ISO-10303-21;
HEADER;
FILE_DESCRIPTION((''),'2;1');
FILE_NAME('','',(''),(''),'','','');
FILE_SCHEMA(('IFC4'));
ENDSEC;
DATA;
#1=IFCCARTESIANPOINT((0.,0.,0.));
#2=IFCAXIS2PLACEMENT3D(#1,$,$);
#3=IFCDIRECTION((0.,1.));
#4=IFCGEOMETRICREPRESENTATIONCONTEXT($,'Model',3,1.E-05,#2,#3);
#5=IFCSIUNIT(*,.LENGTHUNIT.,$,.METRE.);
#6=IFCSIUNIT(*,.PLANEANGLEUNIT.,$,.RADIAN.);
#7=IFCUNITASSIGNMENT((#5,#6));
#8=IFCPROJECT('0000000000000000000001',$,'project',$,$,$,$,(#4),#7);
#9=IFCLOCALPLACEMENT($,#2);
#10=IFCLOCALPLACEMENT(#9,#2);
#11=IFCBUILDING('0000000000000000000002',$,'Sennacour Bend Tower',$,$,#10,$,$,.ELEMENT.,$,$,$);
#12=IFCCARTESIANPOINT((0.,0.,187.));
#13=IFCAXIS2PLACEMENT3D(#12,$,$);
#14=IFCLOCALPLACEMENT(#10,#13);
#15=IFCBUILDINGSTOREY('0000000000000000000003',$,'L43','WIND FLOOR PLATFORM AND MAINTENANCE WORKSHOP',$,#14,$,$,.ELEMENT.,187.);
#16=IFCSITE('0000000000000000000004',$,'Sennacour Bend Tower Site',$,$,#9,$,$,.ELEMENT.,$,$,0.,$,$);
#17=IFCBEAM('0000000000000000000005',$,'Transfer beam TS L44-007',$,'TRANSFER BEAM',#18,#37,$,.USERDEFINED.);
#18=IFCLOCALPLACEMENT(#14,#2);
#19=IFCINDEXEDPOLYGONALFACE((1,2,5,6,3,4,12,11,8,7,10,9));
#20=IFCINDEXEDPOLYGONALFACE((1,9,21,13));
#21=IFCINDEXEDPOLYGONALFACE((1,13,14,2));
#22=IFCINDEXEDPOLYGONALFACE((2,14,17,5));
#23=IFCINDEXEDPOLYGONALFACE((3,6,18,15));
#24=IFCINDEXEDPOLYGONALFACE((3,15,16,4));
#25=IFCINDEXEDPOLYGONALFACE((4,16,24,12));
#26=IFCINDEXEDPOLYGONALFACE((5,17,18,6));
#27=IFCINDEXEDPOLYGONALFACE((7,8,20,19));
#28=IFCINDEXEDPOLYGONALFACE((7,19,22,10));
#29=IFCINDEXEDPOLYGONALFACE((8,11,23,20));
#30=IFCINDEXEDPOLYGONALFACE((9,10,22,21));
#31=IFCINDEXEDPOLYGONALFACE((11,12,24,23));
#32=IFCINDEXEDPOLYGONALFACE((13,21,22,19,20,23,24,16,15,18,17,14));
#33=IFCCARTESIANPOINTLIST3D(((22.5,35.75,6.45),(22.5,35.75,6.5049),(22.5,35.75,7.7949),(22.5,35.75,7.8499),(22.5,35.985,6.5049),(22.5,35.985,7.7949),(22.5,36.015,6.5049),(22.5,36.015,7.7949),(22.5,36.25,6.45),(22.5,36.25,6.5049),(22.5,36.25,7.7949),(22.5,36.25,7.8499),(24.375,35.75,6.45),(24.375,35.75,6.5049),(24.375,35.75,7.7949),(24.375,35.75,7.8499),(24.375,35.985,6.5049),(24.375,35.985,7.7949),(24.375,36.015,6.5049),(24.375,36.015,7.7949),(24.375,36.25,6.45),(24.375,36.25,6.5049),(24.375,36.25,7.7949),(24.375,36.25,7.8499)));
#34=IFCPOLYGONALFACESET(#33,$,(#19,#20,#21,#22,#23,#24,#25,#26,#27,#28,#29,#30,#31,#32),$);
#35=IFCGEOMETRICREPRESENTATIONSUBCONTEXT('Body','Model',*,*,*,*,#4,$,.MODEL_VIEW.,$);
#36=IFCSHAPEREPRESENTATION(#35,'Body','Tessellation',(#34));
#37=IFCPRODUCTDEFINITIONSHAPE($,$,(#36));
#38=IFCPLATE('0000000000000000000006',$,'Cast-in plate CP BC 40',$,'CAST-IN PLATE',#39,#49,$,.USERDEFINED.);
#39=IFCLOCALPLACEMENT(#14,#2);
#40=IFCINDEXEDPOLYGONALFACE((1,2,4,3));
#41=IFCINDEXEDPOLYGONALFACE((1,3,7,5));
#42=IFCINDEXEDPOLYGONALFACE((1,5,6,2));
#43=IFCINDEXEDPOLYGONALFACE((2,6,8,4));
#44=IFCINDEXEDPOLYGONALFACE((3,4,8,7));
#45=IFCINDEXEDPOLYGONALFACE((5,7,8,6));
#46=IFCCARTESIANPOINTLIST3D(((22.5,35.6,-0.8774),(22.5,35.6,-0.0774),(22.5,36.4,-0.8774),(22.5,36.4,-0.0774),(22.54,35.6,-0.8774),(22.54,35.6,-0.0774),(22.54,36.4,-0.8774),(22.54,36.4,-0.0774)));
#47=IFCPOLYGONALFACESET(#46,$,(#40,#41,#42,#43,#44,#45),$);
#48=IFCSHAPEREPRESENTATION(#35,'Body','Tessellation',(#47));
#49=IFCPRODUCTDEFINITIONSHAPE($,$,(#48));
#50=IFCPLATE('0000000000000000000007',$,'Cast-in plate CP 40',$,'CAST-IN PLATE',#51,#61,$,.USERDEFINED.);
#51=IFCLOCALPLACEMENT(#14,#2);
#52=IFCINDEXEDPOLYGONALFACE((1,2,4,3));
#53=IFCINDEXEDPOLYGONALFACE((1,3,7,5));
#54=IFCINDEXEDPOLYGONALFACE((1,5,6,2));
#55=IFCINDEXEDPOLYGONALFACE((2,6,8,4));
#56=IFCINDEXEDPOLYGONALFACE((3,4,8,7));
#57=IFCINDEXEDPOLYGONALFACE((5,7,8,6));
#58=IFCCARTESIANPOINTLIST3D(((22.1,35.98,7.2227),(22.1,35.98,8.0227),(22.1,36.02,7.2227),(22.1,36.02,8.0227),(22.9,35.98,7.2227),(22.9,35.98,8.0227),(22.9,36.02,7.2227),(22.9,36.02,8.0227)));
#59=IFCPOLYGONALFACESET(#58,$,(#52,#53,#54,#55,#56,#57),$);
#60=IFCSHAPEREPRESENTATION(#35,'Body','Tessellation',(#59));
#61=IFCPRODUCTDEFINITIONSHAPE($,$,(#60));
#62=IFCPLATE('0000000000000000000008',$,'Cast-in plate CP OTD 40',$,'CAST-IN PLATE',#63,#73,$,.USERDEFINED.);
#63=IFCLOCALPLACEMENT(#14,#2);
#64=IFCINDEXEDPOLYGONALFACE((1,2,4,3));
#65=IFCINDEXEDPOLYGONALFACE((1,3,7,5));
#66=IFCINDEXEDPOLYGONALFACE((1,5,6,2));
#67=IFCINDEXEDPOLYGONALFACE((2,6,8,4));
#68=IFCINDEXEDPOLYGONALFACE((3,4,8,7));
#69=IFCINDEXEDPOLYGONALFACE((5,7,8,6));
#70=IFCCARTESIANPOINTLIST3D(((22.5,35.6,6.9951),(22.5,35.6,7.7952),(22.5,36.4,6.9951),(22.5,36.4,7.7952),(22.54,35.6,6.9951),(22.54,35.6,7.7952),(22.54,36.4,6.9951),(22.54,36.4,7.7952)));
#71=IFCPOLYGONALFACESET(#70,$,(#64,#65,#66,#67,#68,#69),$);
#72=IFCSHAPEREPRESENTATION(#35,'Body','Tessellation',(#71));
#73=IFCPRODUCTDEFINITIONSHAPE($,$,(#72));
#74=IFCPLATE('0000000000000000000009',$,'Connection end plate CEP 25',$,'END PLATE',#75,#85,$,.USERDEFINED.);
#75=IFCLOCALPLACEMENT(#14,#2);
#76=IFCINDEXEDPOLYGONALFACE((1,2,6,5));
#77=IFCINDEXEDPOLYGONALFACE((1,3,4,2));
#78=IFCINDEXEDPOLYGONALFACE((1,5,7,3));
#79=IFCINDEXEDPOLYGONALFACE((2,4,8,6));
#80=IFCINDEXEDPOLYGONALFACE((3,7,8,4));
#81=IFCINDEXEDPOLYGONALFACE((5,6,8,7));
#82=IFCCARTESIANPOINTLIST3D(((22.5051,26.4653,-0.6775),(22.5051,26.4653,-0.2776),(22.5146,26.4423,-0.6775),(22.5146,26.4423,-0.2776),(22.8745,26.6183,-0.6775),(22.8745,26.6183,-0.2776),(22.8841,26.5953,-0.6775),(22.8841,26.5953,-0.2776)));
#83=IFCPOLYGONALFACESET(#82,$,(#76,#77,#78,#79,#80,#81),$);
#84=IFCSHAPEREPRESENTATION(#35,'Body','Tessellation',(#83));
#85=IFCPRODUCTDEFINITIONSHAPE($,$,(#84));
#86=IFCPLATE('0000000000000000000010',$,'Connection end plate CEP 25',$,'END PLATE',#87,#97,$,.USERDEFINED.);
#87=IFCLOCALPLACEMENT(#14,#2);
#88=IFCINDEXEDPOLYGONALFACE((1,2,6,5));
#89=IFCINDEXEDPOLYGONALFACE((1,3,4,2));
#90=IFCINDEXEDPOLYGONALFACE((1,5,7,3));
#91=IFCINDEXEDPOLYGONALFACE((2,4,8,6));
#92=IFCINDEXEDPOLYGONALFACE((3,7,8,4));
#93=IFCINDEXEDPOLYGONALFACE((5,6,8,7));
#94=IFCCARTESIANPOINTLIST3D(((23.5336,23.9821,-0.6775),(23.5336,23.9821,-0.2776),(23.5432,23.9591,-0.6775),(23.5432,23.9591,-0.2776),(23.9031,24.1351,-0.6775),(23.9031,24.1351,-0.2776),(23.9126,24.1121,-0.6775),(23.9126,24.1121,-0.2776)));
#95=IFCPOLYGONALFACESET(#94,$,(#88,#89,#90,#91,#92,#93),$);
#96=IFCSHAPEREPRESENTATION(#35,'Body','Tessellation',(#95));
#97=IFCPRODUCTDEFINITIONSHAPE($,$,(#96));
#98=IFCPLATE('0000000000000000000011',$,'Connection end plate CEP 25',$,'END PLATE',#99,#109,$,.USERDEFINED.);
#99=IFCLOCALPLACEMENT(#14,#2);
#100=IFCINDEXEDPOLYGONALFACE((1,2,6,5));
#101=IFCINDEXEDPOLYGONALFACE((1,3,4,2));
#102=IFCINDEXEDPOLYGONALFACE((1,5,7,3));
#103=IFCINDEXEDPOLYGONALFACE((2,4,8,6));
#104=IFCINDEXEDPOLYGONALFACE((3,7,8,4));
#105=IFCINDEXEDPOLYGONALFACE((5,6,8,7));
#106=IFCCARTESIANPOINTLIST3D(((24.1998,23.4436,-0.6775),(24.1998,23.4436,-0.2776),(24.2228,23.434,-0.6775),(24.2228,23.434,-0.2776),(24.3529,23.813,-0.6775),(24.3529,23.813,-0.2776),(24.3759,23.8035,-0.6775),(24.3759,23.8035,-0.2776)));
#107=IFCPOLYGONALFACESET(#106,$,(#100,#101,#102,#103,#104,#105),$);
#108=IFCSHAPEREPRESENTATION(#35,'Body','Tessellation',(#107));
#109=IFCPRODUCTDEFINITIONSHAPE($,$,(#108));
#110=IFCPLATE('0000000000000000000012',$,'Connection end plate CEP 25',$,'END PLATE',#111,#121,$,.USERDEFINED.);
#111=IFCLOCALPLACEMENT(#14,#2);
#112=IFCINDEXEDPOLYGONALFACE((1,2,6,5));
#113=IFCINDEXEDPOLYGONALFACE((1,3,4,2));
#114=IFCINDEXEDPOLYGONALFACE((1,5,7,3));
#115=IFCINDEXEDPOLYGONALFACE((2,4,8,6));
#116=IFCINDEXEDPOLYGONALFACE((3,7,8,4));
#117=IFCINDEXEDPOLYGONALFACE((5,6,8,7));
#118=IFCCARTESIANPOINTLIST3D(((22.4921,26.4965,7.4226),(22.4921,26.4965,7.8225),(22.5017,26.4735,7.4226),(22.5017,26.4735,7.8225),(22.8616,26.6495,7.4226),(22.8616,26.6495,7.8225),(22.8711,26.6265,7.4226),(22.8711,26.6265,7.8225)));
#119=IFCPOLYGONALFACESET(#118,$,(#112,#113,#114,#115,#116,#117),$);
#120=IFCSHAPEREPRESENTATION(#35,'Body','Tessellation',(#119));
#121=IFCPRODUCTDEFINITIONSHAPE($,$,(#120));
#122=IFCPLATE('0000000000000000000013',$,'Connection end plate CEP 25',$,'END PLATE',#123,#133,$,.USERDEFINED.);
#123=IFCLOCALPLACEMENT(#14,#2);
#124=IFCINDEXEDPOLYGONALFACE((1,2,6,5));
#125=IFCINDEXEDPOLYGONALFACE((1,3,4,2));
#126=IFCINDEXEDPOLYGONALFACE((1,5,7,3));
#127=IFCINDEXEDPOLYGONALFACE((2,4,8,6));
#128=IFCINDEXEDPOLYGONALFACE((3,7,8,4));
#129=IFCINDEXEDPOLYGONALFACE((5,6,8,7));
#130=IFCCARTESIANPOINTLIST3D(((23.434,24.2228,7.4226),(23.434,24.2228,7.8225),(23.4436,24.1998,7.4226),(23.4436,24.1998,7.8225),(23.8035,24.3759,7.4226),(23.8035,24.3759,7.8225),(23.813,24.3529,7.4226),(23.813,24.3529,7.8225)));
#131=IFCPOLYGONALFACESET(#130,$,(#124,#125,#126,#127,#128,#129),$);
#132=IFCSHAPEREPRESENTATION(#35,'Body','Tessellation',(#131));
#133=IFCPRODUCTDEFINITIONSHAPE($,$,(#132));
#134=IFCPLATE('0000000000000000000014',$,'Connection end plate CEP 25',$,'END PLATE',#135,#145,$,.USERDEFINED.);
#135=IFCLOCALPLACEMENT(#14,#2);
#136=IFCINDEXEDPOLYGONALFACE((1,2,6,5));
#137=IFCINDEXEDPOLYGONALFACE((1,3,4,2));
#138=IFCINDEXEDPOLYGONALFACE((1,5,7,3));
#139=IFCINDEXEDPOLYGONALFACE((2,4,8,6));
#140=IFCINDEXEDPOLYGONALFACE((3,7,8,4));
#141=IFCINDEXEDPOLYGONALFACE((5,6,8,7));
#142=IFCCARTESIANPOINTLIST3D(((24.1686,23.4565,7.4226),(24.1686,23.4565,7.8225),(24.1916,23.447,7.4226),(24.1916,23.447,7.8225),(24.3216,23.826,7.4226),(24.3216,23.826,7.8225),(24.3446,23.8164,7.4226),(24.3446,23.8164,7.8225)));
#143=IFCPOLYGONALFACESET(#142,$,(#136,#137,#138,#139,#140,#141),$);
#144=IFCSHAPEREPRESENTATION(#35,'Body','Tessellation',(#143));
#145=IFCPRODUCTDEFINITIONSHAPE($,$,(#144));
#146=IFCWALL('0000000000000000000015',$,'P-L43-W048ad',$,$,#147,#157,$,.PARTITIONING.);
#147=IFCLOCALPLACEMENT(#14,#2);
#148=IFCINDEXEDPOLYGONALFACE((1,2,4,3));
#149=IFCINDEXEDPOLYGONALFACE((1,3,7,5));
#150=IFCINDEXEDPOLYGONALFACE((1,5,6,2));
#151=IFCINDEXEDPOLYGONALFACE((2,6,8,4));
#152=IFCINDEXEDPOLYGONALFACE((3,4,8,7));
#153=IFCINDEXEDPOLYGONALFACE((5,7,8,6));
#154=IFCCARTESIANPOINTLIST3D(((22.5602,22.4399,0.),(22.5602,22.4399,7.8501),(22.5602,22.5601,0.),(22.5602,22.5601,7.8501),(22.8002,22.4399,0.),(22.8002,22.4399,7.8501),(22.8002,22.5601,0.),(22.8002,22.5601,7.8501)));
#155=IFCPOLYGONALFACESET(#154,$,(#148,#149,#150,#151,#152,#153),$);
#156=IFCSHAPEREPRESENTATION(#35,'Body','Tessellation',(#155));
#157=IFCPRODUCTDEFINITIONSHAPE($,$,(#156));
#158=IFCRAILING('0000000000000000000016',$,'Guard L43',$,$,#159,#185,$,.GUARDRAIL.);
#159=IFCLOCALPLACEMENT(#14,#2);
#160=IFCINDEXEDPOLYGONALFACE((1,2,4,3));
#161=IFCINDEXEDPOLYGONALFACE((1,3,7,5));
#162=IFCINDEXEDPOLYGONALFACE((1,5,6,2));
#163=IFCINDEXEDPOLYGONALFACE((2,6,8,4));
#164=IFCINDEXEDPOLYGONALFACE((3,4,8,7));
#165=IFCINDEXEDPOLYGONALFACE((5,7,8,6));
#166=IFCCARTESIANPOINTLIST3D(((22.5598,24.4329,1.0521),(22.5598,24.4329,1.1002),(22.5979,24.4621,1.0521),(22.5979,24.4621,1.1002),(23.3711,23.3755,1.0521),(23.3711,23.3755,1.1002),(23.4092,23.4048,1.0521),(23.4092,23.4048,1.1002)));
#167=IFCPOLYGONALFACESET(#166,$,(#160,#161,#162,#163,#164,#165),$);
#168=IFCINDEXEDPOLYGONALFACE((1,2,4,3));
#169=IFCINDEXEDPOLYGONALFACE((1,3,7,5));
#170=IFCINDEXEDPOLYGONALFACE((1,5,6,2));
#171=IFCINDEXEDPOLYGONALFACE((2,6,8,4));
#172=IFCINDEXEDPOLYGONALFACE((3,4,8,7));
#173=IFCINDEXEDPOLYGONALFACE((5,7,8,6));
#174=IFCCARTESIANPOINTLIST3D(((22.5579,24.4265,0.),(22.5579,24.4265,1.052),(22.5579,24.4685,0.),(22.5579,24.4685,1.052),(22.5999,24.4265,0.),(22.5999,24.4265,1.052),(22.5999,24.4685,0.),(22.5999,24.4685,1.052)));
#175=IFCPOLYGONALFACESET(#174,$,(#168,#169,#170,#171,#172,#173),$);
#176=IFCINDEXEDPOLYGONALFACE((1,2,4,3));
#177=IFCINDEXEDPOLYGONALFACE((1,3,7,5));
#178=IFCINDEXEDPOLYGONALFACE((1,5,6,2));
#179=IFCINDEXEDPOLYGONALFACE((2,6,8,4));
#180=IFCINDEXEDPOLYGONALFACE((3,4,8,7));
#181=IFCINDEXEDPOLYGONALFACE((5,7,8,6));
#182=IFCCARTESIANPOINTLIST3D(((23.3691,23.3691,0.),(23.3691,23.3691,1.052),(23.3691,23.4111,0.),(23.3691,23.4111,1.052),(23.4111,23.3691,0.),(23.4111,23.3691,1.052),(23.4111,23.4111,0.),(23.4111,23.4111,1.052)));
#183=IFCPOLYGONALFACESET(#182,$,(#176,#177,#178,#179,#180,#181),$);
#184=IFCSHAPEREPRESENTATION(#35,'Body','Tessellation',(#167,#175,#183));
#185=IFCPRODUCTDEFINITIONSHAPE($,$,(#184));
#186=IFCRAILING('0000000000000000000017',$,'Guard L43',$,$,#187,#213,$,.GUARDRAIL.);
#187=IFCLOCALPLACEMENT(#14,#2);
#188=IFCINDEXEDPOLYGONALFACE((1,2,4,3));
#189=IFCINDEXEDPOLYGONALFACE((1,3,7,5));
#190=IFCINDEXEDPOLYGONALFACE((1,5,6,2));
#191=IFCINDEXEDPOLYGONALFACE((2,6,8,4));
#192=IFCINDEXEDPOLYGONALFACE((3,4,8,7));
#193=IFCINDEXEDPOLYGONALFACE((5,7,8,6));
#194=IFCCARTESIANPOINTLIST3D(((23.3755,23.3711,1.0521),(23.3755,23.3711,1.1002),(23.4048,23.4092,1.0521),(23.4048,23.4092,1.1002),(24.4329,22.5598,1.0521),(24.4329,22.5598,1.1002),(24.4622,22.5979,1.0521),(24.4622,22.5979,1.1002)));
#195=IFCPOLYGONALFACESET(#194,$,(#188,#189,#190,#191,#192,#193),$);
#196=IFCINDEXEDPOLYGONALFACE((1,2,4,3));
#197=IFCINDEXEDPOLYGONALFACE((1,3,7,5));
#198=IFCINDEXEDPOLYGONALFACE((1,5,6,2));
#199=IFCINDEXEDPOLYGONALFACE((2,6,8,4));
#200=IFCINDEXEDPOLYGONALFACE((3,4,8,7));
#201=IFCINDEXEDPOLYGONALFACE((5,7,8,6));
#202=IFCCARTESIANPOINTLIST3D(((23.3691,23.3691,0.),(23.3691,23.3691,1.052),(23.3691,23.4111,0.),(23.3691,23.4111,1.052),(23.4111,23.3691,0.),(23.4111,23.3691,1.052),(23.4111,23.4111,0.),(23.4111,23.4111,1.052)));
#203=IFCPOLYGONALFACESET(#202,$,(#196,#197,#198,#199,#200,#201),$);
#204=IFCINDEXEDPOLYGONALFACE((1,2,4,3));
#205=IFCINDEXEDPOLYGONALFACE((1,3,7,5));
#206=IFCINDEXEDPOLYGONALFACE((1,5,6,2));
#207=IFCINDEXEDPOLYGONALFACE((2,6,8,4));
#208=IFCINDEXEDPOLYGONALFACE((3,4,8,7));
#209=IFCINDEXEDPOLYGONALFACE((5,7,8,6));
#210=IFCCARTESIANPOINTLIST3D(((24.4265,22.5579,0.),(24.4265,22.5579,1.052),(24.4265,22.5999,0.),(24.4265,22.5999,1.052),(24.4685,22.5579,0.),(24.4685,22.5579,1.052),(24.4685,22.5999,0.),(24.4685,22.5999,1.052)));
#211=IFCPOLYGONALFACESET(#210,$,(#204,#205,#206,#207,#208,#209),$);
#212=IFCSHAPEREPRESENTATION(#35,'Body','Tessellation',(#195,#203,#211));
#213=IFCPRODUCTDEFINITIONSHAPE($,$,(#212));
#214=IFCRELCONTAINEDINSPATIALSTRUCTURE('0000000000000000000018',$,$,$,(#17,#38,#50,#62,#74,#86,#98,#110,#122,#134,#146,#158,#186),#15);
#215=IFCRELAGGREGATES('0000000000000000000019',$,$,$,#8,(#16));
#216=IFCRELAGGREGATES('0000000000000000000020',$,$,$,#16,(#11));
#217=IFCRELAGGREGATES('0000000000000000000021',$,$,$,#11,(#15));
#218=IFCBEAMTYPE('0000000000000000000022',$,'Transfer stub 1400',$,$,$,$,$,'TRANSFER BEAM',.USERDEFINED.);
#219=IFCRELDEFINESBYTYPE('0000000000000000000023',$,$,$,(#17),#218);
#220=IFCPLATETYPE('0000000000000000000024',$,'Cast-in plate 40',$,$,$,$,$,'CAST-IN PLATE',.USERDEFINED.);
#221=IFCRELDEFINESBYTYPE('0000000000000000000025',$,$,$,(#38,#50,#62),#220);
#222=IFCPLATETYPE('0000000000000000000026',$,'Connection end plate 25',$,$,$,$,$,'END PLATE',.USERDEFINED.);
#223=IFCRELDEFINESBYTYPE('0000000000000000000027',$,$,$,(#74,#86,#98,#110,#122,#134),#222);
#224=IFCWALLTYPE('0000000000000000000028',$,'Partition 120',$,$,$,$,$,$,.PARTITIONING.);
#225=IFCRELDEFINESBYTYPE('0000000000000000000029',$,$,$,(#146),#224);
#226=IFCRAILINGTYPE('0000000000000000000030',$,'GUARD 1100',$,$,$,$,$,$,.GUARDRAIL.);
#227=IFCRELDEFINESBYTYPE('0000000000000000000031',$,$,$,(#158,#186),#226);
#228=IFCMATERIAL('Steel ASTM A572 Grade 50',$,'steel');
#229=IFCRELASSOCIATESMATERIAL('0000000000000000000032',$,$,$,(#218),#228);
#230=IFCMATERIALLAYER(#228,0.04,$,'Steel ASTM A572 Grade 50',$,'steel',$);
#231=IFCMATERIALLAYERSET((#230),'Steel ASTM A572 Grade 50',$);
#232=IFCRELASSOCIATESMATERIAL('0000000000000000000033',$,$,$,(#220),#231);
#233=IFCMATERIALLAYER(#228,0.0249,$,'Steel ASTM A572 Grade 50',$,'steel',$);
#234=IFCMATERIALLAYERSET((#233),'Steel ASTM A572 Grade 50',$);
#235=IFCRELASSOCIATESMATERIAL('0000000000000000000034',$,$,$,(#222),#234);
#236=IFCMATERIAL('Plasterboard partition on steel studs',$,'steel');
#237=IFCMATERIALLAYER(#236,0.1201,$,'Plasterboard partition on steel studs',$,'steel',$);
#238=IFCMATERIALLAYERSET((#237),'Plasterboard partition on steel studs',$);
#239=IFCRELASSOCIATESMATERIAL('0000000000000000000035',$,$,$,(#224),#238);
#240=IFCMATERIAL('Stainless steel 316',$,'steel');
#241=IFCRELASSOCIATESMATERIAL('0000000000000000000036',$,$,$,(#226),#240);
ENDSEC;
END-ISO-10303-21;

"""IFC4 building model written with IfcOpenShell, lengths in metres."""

from ifc_helpers import new_model, si_unit, direction, frame, frame_2d, origin, origin_2d, place, context, subcontext, project, spatial, rectangle, i_section, extrude, material, layer, layer_set, material_profile, profile_set, type_object, element, save


model = new_model("IFC4")

# Units and contexts
model_context = context("Model", 3, precision=1e-05, world=origin(), true_north=direction((0.0, 1.0)))
body_context = subcontext(model_context, "Body", "Model", "MODEL_VIEW")
ifc_project = project(units=[si_unit("LENGTHUNIT", "METRE"), si_unit("PLANEANGLEUNIT", "RADIAN")], contexts=[model_context])

# Site, building, storey
site_placement = place(None, origin())
site = spatial("IfcSite", under=ifc_project, at=site_placement, Name="Sennacour Bend Tower Site", CompositionType="ELEMENT", RefElevation=0.0)
building_placement = place(site_placement, origin())
building = spatial("IfcBuilding", under=site, at=building_placement, Name="Sennacour Bend Tower", CompositionType="ELEMENT")
storey_placement = place(building_placement, frame((0.0, 0.0, 187.0)))
storey = spatial("IfcBuildingStorey", under=building, at=storey_placement, Name="L43", Description="WIND FLOOR PLATFORM AND MAINTENANCE WORKSHOP", CompositionType="ELEMENT", Elevation=187.0)

# Shared definitions
ifc_material_1 = material(Name="Steel ASTM A572 Grade 50", Category="steel")

# Beam
ifc_material_profile_1 = material_profile(ifc_material_1, i_section(OverallWidth=0.5, OverallDepth=1.3999, WebThickness=0.03, FlangeThickness=0.0549, at=origin_2d()), Name="Steel ASTM A572 Grade 50", Category="steel")
ifc_profile_set_1 = profile_set([ifc_material_profile_1], Name="Steel ASTM A572 Grade 50")
beam_type_1 = type_object("IfcBeamType", Name="Transfer stub 1400", ElementType="TRANSFER BEAM", PredefinedType="USERDEFINED", material=ifc_profile_set_1)
beam_1_placement = place(storey_placement, frame((22.5, 36.0, 7.1499), z_axis=(1.0, 0.0, 0.0), x_axis=(0.0, 1.0, 0.0)))
element("IfcBeam", 1, at=beam_1_placement, inside=storey, type_object=beam_type_1, Name="Transfer beam TS L44-007", ObjectType="TRANSFER BEAM", PredefinedType="USERDEFINED", context=body_context, shape_type="SweptSolid", body=[
    extrude(i_section(OverallWidth=0.5, OverallDepth=1.3999, WebThickness=0.03, FlangeThickness=0.0549, at=origin_2d()), origin(), (0.0, 0.0, 1.0), 1.875),
])

# Plates
ifc_layer_1 = layer(ifc_material_1, 0.04, Name="Steel ASTM A572 Grade 50", Category="steel")
ifc_layer_set_1 = layer_set([ifc_layer_1], Name="Steel ASTM A572 Grade 50")
plate_type_1 = type_object("IfcPlateType", Name="Cast-in plate 40", ElementType="CAST-IN PLATE", PredefinedType="USERDEFINED", material=ifc_layer_set_1)
plate_1_placement = place(storey_placement, frame((22.52, 36.0, -0.8774), z_axis=(0.0, 0.0, 1.0), x_axis=(1.0, 0.0, 0.0)))
element("IfcPlate", 2, at=plate_1_placement, inside=storey, type_object=plate_type_1, Name="Cast-in plate CP BC 40", ObjectType="CAST-IN PLATE", PredefinedType="USERDEFINED", context=body_context, shape_type="SweptSolid", body=[
    extrude(rectangle(XDim=0.04, YDim=0.8, at=origin_2d()), origin(), (0.0, 0.0, 1.0), 0.8),
])
plate_2_placement = place(storey_placement, frame((22.5, 36.0, 7.2227), z_axis=(0.0, 0.0, 1.0), x_axis=(1.0, 0.0, 0.0)))
element("IfcPlate", 3, at=plate_2_placement, inside=storey, type_object=plate_type_1, Name="Cast-in plate CP 40", ObjectType="CAST-IN PLATE", PredefinedType="USERDEFINED", context=body_context, shape_type="SweptSolid", body=[
    extrude(rectangle(XDim=0.8, YDim=0.04, at=origin_2d()), origin(), (0.0, 0.0, 1.0), 0.8),
])
plate_3_placement = place(storey_placement, frame((22.52, 36.0, 6.9951), z_axis=(0.0, 0.0, 1.0), x_axis=(1.0, 0.0, 0.0)))
element("IfcPlate", 4, at=plate_3_placement, inside=storey, type_object=plate_type_1, Name="Cast-in plate CP OTD 40", ObjectType="CAST-IN PLATE", PredefinedType="USERDEFINED", context=body_context, shape_type="SweptSolid", body=[
    extrude(rectangle(XDim=0.04, YDim=0.8, at=origin_2d()), origin(), (0.0, 0.0, 1.0), 0.8),
])
ifc_layer_2 = layer(ifc_material_1, 0.0249, Name="Steel ASTM A572 Grade 50", Category="steel")
ifc_layer_set_2 = layer_set([ifc_layer_2], Name="Steel ASTM A572 Grade 50")
plate_type_2 = type_object("IfcPlateType", Name="Connection end plate 25", ElementType="END PLATE", PredefinedType="USERDEFINED", material=ifc_layer_set_2)
for number, where, z_axis, x_axis, name in (
    (5, (22.6946, 26.5303, -0.6775), (0.0, 0.0, 1.0), (-0.382683, 0.92388, 0.0), "Connection end plate CEP 25"),
    (6, (23.7231, 24.0471, -0.6775), (0.0, 0.0, 1.0), (0.382683, -0.92388, 0.0), "Connection end plate CEP 25"),
    (7, (24.2878, 23.6235, -0.6775), (0.0, 0.0, 1.0), (-0.92388, 0.382683, 0.0), "Connection end plate CEP 25"),
    (8, (22.6816, 26.5615, 7.4226), (0.0, 0.0, 1.0), (-0.382683, 0.92388, 0.0), "Connection end plate CEP 25"),
    (9, (23.6235, 24.2878, 7.4226), (0.0, 0.0, 1.0), (0.382683, -0.92388, 0.0), "Connection end plate CEP 25"),
    (10, (24.2566, 23.6365, 7.4226), (0.0, 0.0, 1.0), (-0.92388, 0.382683, 0.0), "Connection end plate CEP 25"),
):
    element("IfcPlate", number, at=place(storey_placement, frame(where, z_axis=z_axis, x_axis=x_axis)), inside=storey, type_object=plate_type_2, Name=name, ObjectType="END PLATE", PredefinedType="USERDEFINED", context=body_context, shape_type="SweptSolid", body=[
        extrude(rectangle(XDim=0.0249, YDim=0.3999, at=origin_2d()), origin(), (0.0, 0.0, 1.0), 0.3999),
    ])

# Wall
ifc_material_2 = material(Name="Plasterboard partition on steel studs", Category="steel")
ifc_layer_3 = layer(ifc_material_2, 0.1201, Name="Plasterboard partition on steel studs", Category="steel")
ifc_layer_set_3 = layer_set([ifc_layer_3], Name="Plasterboard partition on steel studs")
wall_type = type_object("IfcWallType", Name="Partition 120", PredefinedType="PARTITIONING", material=ifc_layer_set_3)
wall_placement = place(storey_placement, frame((22.5601, 22.5, 0.0), z_axis=(0.0, 0.0, 1.0), x_axis=(1.0, 0.0, 0.0)))
element("IfcWall", 11, at=wall_placement, inside=storey, type_object=wall_type, Name="P-L43-W048ad", PredefinedType="PARTITIONING", context=body_context, shape_type="SweptSolid", body=[
    extrude(rectangle(XDim=0.24, YDim=0.1201, at=frame_2d((0.1201, 0.0))), origin(), (0.0, 0.0, 1.0), 7.8501),
])

# Railings
ifc_material_3 = material(Name="Stainless steel 316", Category="steel")
railing_type = type_object("IfcRailingType", Name="GUARD 1100", PredefinedType="GUARDRAIL", material=ifc_material_3)
railing_1_placement = place(storey_placement, frame((22.5789, 24.4475, 0.0)))
element("IfcRailing", 12, at=railing_1_placement, inside=storey, type_object=railing_type, Name="Guard L43", PredefinedType="GUARDRAIL", context=body_context, shape_type="SweptSolid", body=[
    extrude(rectangle(XDim=0.0481, YDim=0.0481, at=origin_2d()), frame((0.0, 0.0, 1.0762), z_axis=(0.608728, -0.793379, 0.0), x_axis=(0.793379, 0.608728, 0.0)), (0.0, 0.0, 1.0), 1.3328),
    extrude(rectangle(XDim=0.042, YDim=0.042, at=origin_2d()), origin(), (0.0, 0.0, 1.0), 1.052),
    extrude(rectangle(XDim=0.042, YDim=0.042, at=origin_2d()), frame((0.8113, -1.0574, 0.0)), (0.0, 0.0, 1.0), 1.052),
])
railing_2_placement = place(storey_placement, frame((23.3901, 23.3901, 0.0)))
element("IfcRailing", 13, at=railing_2_placement, inside=storey, type_object=railing_type, Name="Guard L43", PredefinedType="GUARDRAIL", context=body_context, shape_type="SweptSolid", body=[
    extrude(rectangle(XDim=0.0481, YDim=0.0481, at=origin_2d()), frame((0.0, 0.0, 1.0762), z_axis=(0.793379, -0.608728, 0.0), x_axis=(0.608728, 0.793379, 0.0)), (0.0, 0.0, 1.0), 1.3328),
    extrude(rectangle(XDim=0.042, YDim=0.042, at=origin_2d()), origin(), (0.0, 0.0, 1.0), 1.052),
    extrude(rectangle(XDim=0.042, YDim=0.042, at=origin_2d()), frame((1.0574, -0.8113, 0.0)), (0.0, 0.0, 1.0), 1.052),
])

save(model, "model.ifc")
